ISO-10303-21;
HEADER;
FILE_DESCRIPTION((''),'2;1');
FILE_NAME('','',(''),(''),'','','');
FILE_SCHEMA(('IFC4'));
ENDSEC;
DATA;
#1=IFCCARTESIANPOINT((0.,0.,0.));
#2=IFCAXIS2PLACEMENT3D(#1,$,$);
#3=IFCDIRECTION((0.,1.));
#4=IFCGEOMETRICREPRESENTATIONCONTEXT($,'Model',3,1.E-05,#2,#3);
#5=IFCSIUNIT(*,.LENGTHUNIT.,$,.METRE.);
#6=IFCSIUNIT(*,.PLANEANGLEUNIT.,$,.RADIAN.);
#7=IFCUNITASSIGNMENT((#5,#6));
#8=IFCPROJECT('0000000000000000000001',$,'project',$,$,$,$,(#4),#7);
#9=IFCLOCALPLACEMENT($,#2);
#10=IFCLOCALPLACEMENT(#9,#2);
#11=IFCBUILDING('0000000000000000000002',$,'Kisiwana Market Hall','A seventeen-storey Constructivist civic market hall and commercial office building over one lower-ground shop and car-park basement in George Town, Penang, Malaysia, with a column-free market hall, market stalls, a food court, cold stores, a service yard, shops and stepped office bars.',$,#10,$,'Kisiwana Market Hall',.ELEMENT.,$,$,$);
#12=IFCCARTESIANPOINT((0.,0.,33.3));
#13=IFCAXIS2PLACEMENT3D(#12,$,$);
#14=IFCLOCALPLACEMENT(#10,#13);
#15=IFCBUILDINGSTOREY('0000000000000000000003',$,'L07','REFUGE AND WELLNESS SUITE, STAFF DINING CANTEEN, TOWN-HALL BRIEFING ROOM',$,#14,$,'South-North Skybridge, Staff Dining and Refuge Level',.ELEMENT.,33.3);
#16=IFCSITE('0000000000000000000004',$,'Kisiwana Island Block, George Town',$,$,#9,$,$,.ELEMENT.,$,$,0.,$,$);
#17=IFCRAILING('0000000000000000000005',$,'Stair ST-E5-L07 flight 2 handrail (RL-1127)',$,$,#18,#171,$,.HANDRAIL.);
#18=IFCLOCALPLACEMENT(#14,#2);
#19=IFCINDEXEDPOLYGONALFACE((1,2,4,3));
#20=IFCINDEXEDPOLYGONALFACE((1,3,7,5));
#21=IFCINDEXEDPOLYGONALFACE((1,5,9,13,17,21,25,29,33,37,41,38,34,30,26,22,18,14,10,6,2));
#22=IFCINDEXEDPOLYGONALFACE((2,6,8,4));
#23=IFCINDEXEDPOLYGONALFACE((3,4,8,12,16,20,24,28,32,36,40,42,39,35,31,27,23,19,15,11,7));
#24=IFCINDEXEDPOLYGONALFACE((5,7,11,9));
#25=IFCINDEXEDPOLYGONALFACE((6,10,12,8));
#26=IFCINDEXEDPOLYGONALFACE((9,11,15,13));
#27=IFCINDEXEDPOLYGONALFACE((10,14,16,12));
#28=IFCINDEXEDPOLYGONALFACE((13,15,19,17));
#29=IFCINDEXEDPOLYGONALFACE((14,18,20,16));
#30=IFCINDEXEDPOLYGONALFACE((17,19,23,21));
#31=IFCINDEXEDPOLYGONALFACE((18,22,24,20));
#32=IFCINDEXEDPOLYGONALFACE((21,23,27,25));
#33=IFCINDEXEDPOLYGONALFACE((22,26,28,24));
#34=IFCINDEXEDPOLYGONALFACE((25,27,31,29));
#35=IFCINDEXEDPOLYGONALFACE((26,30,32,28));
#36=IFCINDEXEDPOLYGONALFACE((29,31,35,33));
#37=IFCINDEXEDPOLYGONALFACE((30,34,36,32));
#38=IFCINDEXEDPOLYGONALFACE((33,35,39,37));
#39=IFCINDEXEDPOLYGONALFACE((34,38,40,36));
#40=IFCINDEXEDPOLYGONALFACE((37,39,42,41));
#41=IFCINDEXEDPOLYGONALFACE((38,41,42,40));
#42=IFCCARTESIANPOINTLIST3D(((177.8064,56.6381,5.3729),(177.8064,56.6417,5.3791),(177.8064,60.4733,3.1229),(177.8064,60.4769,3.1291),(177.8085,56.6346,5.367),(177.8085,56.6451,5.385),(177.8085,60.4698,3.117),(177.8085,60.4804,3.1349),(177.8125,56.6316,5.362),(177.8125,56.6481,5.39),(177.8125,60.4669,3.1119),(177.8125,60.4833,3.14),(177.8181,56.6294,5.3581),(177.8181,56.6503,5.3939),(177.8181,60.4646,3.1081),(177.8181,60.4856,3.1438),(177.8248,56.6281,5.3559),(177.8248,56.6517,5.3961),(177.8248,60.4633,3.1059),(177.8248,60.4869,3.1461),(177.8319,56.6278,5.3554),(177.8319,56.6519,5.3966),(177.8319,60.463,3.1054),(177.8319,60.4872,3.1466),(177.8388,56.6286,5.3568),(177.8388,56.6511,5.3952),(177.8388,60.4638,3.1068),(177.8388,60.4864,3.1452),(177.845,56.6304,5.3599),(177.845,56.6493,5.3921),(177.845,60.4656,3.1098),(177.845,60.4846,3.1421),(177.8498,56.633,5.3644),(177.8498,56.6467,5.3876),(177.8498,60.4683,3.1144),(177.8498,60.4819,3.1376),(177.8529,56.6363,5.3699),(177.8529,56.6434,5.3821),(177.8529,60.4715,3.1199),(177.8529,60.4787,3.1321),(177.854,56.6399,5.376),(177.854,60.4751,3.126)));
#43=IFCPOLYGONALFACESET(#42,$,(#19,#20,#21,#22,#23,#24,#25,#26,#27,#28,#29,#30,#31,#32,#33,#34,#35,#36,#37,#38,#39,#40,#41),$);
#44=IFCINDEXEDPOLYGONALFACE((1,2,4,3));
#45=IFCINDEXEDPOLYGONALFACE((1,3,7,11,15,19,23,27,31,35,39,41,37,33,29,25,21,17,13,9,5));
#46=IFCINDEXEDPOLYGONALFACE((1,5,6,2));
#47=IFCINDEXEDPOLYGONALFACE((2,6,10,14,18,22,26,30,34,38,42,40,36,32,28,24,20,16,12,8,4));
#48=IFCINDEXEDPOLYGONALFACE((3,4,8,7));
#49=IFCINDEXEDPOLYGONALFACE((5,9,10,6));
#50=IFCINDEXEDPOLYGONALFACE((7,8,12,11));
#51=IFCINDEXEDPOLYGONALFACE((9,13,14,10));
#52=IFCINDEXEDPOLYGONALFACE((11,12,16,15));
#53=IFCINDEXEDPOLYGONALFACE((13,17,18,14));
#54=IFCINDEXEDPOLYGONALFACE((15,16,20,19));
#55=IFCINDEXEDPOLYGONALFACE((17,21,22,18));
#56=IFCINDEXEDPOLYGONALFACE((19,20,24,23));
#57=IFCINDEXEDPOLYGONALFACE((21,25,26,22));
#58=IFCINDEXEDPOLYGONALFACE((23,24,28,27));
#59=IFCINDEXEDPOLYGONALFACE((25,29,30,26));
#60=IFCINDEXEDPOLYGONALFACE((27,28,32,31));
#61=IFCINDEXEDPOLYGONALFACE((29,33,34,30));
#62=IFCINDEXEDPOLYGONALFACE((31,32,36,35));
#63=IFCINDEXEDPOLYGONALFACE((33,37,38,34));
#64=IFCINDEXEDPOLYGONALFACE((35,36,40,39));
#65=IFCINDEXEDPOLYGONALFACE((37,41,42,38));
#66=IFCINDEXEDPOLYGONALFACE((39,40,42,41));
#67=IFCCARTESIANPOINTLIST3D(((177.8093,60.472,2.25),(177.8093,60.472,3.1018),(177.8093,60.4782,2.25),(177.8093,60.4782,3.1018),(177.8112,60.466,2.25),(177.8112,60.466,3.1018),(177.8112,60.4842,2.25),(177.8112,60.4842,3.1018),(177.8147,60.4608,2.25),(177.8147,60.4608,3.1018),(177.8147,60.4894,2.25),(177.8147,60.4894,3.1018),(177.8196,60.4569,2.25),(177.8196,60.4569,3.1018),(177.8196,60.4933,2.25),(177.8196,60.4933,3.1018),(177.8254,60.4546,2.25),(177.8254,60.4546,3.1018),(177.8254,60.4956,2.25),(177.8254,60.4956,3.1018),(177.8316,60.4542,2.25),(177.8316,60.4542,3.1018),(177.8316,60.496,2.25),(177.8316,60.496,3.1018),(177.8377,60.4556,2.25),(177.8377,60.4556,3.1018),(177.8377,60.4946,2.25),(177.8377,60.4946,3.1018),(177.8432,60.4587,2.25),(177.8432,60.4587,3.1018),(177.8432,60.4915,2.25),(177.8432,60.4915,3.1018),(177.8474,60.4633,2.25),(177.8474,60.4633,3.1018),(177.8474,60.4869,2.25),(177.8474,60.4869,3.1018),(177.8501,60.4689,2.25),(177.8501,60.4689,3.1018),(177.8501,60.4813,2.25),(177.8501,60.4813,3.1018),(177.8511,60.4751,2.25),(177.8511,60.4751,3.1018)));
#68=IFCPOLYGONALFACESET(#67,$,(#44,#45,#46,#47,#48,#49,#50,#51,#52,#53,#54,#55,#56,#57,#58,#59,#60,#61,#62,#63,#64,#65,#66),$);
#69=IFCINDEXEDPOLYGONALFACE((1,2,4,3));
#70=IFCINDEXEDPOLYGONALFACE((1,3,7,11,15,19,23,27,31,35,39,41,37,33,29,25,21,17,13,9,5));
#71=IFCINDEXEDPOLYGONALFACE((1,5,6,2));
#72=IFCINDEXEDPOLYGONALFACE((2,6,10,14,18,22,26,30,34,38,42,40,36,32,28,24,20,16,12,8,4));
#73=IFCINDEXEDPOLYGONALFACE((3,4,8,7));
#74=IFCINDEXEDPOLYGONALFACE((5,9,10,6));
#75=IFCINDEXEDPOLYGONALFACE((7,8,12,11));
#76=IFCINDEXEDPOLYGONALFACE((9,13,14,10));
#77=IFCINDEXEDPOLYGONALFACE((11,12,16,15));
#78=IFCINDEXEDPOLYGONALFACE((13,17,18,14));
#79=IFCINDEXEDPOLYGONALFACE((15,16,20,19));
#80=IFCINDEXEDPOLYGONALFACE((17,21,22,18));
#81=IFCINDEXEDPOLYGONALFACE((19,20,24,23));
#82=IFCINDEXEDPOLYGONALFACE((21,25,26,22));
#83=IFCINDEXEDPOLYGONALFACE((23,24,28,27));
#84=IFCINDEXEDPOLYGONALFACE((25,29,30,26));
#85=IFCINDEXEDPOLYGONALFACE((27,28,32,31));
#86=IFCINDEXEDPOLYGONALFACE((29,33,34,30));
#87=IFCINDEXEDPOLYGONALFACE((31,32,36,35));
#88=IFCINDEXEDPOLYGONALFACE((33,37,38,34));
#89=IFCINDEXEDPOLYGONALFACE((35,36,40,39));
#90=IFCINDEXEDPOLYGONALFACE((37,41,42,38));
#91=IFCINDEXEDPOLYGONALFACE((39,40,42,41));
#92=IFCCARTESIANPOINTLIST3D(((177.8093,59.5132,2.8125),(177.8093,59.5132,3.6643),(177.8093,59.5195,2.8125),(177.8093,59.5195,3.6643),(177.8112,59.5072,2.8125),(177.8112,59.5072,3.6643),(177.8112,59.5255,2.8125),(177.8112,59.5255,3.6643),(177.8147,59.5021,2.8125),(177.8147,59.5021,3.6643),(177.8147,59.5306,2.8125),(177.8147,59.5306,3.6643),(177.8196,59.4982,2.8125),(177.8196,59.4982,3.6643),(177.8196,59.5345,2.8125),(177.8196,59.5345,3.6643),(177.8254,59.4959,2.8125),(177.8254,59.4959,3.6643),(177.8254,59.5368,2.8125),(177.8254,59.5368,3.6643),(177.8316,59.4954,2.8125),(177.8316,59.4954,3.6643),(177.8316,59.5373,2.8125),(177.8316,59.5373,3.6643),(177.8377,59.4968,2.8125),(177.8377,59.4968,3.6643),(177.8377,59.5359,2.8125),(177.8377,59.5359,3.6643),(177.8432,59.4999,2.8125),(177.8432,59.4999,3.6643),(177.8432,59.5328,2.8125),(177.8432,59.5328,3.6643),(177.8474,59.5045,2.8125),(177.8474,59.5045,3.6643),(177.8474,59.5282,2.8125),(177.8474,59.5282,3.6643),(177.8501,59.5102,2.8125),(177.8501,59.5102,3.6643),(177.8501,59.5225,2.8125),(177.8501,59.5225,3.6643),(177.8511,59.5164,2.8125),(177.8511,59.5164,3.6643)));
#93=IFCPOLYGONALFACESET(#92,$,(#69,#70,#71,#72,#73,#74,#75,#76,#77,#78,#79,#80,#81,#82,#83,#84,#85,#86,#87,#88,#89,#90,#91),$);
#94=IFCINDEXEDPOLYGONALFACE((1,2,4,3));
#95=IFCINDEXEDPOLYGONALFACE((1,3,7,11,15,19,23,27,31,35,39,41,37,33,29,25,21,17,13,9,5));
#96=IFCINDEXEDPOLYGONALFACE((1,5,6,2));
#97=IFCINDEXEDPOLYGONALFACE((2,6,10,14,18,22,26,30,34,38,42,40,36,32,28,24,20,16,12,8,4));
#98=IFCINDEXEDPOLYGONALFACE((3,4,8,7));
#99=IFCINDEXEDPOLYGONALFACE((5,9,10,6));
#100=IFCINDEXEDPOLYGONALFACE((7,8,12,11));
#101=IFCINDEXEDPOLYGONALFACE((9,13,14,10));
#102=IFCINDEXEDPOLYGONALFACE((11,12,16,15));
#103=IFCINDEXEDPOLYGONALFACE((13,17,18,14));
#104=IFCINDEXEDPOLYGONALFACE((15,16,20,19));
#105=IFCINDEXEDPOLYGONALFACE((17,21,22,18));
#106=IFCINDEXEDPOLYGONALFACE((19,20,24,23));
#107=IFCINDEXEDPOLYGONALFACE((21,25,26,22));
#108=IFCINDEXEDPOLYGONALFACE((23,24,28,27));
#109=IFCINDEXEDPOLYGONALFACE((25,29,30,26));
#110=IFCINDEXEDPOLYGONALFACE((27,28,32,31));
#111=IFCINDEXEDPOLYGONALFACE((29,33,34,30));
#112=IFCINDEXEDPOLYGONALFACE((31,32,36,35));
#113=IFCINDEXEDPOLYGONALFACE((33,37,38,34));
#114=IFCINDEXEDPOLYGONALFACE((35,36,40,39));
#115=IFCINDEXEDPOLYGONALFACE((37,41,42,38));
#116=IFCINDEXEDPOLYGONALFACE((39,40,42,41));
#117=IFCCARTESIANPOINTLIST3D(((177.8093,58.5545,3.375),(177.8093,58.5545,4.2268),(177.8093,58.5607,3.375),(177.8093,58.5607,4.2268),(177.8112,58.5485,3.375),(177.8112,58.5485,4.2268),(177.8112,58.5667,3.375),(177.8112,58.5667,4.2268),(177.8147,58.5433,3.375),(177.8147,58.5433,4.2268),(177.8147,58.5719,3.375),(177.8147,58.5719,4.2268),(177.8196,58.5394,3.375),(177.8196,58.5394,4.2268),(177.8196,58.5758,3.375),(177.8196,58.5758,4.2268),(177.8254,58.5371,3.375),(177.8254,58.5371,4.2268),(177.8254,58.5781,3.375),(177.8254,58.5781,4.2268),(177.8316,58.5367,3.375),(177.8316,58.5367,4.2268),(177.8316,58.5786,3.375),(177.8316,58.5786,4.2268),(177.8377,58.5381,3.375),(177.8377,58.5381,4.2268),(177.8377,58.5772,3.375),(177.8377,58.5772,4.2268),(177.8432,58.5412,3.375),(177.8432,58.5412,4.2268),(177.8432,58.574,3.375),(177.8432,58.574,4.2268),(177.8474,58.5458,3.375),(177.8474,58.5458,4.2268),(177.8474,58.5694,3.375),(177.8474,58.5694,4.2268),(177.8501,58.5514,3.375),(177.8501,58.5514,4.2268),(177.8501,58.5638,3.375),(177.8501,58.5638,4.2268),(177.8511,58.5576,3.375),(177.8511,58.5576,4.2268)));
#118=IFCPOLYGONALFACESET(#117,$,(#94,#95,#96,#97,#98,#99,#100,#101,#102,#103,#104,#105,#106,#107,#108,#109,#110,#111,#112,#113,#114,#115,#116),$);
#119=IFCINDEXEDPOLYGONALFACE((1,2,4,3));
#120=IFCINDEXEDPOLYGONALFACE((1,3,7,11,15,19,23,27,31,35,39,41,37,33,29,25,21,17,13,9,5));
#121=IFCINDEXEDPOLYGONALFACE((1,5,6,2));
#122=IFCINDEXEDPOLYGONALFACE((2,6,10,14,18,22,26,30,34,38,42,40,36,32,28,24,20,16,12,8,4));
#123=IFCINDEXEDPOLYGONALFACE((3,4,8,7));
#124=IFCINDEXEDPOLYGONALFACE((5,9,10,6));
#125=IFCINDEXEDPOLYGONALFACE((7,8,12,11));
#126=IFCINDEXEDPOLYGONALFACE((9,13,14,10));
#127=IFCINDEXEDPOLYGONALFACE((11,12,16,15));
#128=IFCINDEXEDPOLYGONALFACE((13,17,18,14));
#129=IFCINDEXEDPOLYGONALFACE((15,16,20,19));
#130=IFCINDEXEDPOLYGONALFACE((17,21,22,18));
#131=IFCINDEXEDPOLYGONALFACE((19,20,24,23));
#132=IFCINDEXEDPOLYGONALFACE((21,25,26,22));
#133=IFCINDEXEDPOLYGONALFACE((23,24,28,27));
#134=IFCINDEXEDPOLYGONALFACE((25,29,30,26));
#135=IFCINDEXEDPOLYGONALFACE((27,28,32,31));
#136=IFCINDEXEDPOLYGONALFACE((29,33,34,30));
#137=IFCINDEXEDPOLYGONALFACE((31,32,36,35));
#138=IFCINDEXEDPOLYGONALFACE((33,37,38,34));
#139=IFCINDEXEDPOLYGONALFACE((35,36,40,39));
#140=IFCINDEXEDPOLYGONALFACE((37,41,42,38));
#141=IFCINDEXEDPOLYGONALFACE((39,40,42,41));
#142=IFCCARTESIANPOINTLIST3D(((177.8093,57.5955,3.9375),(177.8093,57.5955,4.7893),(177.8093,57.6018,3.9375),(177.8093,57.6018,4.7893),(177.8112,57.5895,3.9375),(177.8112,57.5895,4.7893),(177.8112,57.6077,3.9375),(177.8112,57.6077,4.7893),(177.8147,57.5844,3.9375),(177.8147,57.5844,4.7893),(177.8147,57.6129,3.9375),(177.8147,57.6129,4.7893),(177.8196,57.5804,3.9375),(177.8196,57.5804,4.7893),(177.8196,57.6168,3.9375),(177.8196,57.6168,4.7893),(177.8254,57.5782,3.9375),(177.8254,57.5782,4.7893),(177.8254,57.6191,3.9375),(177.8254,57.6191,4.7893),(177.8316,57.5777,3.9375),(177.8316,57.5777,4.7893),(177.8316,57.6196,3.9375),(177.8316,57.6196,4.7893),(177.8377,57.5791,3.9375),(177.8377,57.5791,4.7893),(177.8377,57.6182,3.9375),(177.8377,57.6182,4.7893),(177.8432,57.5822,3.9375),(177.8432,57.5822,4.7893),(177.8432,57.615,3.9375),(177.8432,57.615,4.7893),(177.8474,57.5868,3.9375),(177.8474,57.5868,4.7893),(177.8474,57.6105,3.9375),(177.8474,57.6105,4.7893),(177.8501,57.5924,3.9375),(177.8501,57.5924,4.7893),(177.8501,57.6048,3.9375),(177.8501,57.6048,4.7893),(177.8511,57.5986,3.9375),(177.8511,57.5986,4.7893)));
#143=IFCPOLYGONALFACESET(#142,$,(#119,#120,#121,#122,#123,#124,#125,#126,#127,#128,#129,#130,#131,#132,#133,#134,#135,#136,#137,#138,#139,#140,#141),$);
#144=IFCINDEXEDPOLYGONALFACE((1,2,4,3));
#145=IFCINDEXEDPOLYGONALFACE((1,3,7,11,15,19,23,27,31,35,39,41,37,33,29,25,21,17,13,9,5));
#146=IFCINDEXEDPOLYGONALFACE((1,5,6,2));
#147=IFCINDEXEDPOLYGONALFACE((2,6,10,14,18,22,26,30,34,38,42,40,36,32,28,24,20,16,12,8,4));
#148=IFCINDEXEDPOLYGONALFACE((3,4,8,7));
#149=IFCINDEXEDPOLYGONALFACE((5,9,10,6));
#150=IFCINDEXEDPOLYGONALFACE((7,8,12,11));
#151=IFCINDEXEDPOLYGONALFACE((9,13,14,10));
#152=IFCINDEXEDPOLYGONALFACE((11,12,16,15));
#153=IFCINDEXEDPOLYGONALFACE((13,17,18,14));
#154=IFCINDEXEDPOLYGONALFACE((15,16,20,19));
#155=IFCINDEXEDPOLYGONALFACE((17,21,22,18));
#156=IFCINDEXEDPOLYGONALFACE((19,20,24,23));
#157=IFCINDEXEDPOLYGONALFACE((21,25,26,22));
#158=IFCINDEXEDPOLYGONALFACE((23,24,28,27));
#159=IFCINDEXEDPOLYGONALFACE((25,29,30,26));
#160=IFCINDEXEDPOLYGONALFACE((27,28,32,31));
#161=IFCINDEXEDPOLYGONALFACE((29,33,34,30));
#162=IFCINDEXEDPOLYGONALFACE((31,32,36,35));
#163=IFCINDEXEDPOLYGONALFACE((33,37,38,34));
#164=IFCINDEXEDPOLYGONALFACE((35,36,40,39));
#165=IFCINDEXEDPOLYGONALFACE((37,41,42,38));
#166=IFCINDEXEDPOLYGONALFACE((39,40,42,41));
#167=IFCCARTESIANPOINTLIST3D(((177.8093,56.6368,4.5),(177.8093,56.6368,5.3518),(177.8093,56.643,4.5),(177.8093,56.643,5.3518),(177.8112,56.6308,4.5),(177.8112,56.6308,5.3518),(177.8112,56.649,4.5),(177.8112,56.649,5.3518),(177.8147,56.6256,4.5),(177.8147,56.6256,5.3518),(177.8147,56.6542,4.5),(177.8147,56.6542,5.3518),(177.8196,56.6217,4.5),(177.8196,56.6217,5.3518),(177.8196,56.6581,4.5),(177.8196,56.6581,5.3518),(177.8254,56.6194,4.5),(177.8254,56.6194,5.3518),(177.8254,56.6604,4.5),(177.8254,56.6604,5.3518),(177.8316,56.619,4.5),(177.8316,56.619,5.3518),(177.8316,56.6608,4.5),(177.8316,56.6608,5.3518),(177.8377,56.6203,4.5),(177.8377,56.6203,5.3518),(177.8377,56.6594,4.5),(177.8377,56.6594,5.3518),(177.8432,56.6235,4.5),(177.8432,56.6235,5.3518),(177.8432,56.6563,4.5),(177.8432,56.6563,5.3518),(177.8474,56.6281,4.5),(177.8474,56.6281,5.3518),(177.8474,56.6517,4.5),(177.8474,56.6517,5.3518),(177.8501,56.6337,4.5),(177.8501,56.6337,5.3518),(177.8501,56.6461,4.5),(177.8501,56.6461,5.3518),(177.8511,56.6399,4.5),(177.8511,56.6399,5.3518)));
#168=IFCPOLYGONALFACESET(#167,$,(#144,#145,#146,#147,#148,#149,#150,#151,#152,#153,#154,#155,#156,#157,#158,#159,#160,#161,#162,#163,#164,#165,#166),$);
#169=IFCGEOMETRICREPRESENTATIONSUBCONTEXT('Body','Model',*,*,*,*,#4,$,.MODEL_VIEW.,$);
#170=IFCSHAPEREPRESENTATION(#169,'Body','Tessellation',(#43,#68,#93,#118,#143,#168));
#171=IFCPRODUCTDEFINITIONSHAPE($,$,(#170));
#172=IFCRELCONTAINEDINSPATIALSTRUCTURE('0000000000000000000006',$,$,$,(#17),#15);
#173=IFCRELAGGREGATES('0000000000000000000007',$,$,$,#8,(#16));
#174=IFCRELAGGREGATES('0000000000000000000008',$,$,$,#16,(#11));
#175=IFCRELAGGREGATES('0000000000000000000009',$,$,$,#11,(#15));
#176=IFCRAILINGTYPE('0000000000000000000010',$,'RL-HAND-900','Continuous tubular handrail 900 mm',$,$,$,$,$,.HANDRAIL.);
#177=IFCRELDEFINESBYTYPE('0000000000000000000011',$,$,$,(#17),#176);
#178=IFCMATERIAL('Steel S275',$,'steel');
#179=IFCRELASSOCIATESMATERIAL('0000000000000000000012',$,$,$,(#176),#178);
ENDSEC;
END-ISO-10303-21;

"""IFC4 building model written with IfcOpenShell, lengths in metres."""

from ifc_helpers import new_model, si_unit, direction, frame, origin, origin_2d, place, context, subcontext, project, spatial, circle, extrude, material, type_object, element, save


model = new_model("IFC4")

# Units and contexts
model_context = context("Model", 3, precision=1e-05, world=origin(), true_north=direction((0.0, 1.0)))
body_context = subcontext(model_context, "Body", "Model", "MODEL_VIEW")
ifc_project = project(units=[si_unit("LENGTHUNIT", "METRE"), si_unit("PLANEANGLEUNIT", "RADIAN")], contexts=[model_context])

# Site, building, storey
site_placement = place(None, origin())
site = spatial("IfcSite", under=ifc_project, at=site_placement, Name="Kisiwana Island Block, George Town", CompositionType="ELEMENT", RefElevation=0.0)
building_placement = place(site_placement, origin())
building = spatial("IfcBuilding", under=site, at=building_placement, Name="Kisiwana Market Hall", Description="A seventeen-storey Constructivist civic market hall and commercial office building over one lower-ground shop and car-park basement in George Town, Penang, Malaysia, with a column-free market hall, market stalls, a food court, cold stores, a service yard, shops and stepped office bars.", LongName="Kisiwana Market Hall", CompositionType="ELEMENT")
storey_placement = place(building_placement, frame((0.0, 0.0, 33.3)))
storey = spatial("IfcBuildingStorey", under=building, at=storey_placement, Name="L07", Description="REFUGE AND WELLNESS SUITE, STAFF DINING CANTEEN, TOWN-HALL BRIEFING ROOM", LongName="South-North Skybridge, Staff Dining and Refuge Level", CompositionType="ELEMENT", Elevation=33.3)

# Railing
ifc_material_1 = material(Name="Steel S275", Category="steel")
railing_type_1 = type_object("IfcRailingType", Name="RL-HAND-900", Description="Continuous tubular handrail 900 mm", PredefinedType="HANDRAIL", material=ifc_material_1)
for number, where, name in (
    (1, (177.8301, 60.4751, 2.25), "Stair ST-E5-L07 flight 2 handrail (RL-1127)"),
):
    element("IfcRailing", number, at=place(storey_placement, frame(where)), inside=storey, type_object=railing_type_1, Name=name, PredefinedType="HANDRAIL", context=body_context, shape_type="SweptSolid", body=[
        extrude(circle(Radius=0.0239, at=origin_2d()), frame((0.0, 0.0, 0.876), z_axis=(0.0, -0.862524, 0.506017), x_axis=(1.0, 0.0, 0.0)), (0.0, 0.0, 1.0), 4.4465),
        extrude(circle(Radius=0.021, at=origin_2d()), origin(), (0.0, 0.0, 1.0), 0.8518),
        extrude(circle(Radius=0.021, at=origin_2d()), frame((0.0, -0.9587, 0.5625)), (0.0, 0.0, 1.0), 0.8518),
        extrude(circle(Radius=0.021, at=origin_2d()), frame((0.0, -1.9175, 1.125)), (0.0, 0.0, 1.0), 0.8518),
        extrude(circle(Radius=0.021, at=origin_2d()), frame((0.0, -2.8765, 1.6875)), (0.0, 0.0, 1.0), 0.8518),
        extrude(circle(Radius=0.021, at=origin_2d()), frame((0.0, -3.8352, 2.25)), (0.0, 0.0, 1.0), 0.8518),
    ])

save(model, "model.ifc")
